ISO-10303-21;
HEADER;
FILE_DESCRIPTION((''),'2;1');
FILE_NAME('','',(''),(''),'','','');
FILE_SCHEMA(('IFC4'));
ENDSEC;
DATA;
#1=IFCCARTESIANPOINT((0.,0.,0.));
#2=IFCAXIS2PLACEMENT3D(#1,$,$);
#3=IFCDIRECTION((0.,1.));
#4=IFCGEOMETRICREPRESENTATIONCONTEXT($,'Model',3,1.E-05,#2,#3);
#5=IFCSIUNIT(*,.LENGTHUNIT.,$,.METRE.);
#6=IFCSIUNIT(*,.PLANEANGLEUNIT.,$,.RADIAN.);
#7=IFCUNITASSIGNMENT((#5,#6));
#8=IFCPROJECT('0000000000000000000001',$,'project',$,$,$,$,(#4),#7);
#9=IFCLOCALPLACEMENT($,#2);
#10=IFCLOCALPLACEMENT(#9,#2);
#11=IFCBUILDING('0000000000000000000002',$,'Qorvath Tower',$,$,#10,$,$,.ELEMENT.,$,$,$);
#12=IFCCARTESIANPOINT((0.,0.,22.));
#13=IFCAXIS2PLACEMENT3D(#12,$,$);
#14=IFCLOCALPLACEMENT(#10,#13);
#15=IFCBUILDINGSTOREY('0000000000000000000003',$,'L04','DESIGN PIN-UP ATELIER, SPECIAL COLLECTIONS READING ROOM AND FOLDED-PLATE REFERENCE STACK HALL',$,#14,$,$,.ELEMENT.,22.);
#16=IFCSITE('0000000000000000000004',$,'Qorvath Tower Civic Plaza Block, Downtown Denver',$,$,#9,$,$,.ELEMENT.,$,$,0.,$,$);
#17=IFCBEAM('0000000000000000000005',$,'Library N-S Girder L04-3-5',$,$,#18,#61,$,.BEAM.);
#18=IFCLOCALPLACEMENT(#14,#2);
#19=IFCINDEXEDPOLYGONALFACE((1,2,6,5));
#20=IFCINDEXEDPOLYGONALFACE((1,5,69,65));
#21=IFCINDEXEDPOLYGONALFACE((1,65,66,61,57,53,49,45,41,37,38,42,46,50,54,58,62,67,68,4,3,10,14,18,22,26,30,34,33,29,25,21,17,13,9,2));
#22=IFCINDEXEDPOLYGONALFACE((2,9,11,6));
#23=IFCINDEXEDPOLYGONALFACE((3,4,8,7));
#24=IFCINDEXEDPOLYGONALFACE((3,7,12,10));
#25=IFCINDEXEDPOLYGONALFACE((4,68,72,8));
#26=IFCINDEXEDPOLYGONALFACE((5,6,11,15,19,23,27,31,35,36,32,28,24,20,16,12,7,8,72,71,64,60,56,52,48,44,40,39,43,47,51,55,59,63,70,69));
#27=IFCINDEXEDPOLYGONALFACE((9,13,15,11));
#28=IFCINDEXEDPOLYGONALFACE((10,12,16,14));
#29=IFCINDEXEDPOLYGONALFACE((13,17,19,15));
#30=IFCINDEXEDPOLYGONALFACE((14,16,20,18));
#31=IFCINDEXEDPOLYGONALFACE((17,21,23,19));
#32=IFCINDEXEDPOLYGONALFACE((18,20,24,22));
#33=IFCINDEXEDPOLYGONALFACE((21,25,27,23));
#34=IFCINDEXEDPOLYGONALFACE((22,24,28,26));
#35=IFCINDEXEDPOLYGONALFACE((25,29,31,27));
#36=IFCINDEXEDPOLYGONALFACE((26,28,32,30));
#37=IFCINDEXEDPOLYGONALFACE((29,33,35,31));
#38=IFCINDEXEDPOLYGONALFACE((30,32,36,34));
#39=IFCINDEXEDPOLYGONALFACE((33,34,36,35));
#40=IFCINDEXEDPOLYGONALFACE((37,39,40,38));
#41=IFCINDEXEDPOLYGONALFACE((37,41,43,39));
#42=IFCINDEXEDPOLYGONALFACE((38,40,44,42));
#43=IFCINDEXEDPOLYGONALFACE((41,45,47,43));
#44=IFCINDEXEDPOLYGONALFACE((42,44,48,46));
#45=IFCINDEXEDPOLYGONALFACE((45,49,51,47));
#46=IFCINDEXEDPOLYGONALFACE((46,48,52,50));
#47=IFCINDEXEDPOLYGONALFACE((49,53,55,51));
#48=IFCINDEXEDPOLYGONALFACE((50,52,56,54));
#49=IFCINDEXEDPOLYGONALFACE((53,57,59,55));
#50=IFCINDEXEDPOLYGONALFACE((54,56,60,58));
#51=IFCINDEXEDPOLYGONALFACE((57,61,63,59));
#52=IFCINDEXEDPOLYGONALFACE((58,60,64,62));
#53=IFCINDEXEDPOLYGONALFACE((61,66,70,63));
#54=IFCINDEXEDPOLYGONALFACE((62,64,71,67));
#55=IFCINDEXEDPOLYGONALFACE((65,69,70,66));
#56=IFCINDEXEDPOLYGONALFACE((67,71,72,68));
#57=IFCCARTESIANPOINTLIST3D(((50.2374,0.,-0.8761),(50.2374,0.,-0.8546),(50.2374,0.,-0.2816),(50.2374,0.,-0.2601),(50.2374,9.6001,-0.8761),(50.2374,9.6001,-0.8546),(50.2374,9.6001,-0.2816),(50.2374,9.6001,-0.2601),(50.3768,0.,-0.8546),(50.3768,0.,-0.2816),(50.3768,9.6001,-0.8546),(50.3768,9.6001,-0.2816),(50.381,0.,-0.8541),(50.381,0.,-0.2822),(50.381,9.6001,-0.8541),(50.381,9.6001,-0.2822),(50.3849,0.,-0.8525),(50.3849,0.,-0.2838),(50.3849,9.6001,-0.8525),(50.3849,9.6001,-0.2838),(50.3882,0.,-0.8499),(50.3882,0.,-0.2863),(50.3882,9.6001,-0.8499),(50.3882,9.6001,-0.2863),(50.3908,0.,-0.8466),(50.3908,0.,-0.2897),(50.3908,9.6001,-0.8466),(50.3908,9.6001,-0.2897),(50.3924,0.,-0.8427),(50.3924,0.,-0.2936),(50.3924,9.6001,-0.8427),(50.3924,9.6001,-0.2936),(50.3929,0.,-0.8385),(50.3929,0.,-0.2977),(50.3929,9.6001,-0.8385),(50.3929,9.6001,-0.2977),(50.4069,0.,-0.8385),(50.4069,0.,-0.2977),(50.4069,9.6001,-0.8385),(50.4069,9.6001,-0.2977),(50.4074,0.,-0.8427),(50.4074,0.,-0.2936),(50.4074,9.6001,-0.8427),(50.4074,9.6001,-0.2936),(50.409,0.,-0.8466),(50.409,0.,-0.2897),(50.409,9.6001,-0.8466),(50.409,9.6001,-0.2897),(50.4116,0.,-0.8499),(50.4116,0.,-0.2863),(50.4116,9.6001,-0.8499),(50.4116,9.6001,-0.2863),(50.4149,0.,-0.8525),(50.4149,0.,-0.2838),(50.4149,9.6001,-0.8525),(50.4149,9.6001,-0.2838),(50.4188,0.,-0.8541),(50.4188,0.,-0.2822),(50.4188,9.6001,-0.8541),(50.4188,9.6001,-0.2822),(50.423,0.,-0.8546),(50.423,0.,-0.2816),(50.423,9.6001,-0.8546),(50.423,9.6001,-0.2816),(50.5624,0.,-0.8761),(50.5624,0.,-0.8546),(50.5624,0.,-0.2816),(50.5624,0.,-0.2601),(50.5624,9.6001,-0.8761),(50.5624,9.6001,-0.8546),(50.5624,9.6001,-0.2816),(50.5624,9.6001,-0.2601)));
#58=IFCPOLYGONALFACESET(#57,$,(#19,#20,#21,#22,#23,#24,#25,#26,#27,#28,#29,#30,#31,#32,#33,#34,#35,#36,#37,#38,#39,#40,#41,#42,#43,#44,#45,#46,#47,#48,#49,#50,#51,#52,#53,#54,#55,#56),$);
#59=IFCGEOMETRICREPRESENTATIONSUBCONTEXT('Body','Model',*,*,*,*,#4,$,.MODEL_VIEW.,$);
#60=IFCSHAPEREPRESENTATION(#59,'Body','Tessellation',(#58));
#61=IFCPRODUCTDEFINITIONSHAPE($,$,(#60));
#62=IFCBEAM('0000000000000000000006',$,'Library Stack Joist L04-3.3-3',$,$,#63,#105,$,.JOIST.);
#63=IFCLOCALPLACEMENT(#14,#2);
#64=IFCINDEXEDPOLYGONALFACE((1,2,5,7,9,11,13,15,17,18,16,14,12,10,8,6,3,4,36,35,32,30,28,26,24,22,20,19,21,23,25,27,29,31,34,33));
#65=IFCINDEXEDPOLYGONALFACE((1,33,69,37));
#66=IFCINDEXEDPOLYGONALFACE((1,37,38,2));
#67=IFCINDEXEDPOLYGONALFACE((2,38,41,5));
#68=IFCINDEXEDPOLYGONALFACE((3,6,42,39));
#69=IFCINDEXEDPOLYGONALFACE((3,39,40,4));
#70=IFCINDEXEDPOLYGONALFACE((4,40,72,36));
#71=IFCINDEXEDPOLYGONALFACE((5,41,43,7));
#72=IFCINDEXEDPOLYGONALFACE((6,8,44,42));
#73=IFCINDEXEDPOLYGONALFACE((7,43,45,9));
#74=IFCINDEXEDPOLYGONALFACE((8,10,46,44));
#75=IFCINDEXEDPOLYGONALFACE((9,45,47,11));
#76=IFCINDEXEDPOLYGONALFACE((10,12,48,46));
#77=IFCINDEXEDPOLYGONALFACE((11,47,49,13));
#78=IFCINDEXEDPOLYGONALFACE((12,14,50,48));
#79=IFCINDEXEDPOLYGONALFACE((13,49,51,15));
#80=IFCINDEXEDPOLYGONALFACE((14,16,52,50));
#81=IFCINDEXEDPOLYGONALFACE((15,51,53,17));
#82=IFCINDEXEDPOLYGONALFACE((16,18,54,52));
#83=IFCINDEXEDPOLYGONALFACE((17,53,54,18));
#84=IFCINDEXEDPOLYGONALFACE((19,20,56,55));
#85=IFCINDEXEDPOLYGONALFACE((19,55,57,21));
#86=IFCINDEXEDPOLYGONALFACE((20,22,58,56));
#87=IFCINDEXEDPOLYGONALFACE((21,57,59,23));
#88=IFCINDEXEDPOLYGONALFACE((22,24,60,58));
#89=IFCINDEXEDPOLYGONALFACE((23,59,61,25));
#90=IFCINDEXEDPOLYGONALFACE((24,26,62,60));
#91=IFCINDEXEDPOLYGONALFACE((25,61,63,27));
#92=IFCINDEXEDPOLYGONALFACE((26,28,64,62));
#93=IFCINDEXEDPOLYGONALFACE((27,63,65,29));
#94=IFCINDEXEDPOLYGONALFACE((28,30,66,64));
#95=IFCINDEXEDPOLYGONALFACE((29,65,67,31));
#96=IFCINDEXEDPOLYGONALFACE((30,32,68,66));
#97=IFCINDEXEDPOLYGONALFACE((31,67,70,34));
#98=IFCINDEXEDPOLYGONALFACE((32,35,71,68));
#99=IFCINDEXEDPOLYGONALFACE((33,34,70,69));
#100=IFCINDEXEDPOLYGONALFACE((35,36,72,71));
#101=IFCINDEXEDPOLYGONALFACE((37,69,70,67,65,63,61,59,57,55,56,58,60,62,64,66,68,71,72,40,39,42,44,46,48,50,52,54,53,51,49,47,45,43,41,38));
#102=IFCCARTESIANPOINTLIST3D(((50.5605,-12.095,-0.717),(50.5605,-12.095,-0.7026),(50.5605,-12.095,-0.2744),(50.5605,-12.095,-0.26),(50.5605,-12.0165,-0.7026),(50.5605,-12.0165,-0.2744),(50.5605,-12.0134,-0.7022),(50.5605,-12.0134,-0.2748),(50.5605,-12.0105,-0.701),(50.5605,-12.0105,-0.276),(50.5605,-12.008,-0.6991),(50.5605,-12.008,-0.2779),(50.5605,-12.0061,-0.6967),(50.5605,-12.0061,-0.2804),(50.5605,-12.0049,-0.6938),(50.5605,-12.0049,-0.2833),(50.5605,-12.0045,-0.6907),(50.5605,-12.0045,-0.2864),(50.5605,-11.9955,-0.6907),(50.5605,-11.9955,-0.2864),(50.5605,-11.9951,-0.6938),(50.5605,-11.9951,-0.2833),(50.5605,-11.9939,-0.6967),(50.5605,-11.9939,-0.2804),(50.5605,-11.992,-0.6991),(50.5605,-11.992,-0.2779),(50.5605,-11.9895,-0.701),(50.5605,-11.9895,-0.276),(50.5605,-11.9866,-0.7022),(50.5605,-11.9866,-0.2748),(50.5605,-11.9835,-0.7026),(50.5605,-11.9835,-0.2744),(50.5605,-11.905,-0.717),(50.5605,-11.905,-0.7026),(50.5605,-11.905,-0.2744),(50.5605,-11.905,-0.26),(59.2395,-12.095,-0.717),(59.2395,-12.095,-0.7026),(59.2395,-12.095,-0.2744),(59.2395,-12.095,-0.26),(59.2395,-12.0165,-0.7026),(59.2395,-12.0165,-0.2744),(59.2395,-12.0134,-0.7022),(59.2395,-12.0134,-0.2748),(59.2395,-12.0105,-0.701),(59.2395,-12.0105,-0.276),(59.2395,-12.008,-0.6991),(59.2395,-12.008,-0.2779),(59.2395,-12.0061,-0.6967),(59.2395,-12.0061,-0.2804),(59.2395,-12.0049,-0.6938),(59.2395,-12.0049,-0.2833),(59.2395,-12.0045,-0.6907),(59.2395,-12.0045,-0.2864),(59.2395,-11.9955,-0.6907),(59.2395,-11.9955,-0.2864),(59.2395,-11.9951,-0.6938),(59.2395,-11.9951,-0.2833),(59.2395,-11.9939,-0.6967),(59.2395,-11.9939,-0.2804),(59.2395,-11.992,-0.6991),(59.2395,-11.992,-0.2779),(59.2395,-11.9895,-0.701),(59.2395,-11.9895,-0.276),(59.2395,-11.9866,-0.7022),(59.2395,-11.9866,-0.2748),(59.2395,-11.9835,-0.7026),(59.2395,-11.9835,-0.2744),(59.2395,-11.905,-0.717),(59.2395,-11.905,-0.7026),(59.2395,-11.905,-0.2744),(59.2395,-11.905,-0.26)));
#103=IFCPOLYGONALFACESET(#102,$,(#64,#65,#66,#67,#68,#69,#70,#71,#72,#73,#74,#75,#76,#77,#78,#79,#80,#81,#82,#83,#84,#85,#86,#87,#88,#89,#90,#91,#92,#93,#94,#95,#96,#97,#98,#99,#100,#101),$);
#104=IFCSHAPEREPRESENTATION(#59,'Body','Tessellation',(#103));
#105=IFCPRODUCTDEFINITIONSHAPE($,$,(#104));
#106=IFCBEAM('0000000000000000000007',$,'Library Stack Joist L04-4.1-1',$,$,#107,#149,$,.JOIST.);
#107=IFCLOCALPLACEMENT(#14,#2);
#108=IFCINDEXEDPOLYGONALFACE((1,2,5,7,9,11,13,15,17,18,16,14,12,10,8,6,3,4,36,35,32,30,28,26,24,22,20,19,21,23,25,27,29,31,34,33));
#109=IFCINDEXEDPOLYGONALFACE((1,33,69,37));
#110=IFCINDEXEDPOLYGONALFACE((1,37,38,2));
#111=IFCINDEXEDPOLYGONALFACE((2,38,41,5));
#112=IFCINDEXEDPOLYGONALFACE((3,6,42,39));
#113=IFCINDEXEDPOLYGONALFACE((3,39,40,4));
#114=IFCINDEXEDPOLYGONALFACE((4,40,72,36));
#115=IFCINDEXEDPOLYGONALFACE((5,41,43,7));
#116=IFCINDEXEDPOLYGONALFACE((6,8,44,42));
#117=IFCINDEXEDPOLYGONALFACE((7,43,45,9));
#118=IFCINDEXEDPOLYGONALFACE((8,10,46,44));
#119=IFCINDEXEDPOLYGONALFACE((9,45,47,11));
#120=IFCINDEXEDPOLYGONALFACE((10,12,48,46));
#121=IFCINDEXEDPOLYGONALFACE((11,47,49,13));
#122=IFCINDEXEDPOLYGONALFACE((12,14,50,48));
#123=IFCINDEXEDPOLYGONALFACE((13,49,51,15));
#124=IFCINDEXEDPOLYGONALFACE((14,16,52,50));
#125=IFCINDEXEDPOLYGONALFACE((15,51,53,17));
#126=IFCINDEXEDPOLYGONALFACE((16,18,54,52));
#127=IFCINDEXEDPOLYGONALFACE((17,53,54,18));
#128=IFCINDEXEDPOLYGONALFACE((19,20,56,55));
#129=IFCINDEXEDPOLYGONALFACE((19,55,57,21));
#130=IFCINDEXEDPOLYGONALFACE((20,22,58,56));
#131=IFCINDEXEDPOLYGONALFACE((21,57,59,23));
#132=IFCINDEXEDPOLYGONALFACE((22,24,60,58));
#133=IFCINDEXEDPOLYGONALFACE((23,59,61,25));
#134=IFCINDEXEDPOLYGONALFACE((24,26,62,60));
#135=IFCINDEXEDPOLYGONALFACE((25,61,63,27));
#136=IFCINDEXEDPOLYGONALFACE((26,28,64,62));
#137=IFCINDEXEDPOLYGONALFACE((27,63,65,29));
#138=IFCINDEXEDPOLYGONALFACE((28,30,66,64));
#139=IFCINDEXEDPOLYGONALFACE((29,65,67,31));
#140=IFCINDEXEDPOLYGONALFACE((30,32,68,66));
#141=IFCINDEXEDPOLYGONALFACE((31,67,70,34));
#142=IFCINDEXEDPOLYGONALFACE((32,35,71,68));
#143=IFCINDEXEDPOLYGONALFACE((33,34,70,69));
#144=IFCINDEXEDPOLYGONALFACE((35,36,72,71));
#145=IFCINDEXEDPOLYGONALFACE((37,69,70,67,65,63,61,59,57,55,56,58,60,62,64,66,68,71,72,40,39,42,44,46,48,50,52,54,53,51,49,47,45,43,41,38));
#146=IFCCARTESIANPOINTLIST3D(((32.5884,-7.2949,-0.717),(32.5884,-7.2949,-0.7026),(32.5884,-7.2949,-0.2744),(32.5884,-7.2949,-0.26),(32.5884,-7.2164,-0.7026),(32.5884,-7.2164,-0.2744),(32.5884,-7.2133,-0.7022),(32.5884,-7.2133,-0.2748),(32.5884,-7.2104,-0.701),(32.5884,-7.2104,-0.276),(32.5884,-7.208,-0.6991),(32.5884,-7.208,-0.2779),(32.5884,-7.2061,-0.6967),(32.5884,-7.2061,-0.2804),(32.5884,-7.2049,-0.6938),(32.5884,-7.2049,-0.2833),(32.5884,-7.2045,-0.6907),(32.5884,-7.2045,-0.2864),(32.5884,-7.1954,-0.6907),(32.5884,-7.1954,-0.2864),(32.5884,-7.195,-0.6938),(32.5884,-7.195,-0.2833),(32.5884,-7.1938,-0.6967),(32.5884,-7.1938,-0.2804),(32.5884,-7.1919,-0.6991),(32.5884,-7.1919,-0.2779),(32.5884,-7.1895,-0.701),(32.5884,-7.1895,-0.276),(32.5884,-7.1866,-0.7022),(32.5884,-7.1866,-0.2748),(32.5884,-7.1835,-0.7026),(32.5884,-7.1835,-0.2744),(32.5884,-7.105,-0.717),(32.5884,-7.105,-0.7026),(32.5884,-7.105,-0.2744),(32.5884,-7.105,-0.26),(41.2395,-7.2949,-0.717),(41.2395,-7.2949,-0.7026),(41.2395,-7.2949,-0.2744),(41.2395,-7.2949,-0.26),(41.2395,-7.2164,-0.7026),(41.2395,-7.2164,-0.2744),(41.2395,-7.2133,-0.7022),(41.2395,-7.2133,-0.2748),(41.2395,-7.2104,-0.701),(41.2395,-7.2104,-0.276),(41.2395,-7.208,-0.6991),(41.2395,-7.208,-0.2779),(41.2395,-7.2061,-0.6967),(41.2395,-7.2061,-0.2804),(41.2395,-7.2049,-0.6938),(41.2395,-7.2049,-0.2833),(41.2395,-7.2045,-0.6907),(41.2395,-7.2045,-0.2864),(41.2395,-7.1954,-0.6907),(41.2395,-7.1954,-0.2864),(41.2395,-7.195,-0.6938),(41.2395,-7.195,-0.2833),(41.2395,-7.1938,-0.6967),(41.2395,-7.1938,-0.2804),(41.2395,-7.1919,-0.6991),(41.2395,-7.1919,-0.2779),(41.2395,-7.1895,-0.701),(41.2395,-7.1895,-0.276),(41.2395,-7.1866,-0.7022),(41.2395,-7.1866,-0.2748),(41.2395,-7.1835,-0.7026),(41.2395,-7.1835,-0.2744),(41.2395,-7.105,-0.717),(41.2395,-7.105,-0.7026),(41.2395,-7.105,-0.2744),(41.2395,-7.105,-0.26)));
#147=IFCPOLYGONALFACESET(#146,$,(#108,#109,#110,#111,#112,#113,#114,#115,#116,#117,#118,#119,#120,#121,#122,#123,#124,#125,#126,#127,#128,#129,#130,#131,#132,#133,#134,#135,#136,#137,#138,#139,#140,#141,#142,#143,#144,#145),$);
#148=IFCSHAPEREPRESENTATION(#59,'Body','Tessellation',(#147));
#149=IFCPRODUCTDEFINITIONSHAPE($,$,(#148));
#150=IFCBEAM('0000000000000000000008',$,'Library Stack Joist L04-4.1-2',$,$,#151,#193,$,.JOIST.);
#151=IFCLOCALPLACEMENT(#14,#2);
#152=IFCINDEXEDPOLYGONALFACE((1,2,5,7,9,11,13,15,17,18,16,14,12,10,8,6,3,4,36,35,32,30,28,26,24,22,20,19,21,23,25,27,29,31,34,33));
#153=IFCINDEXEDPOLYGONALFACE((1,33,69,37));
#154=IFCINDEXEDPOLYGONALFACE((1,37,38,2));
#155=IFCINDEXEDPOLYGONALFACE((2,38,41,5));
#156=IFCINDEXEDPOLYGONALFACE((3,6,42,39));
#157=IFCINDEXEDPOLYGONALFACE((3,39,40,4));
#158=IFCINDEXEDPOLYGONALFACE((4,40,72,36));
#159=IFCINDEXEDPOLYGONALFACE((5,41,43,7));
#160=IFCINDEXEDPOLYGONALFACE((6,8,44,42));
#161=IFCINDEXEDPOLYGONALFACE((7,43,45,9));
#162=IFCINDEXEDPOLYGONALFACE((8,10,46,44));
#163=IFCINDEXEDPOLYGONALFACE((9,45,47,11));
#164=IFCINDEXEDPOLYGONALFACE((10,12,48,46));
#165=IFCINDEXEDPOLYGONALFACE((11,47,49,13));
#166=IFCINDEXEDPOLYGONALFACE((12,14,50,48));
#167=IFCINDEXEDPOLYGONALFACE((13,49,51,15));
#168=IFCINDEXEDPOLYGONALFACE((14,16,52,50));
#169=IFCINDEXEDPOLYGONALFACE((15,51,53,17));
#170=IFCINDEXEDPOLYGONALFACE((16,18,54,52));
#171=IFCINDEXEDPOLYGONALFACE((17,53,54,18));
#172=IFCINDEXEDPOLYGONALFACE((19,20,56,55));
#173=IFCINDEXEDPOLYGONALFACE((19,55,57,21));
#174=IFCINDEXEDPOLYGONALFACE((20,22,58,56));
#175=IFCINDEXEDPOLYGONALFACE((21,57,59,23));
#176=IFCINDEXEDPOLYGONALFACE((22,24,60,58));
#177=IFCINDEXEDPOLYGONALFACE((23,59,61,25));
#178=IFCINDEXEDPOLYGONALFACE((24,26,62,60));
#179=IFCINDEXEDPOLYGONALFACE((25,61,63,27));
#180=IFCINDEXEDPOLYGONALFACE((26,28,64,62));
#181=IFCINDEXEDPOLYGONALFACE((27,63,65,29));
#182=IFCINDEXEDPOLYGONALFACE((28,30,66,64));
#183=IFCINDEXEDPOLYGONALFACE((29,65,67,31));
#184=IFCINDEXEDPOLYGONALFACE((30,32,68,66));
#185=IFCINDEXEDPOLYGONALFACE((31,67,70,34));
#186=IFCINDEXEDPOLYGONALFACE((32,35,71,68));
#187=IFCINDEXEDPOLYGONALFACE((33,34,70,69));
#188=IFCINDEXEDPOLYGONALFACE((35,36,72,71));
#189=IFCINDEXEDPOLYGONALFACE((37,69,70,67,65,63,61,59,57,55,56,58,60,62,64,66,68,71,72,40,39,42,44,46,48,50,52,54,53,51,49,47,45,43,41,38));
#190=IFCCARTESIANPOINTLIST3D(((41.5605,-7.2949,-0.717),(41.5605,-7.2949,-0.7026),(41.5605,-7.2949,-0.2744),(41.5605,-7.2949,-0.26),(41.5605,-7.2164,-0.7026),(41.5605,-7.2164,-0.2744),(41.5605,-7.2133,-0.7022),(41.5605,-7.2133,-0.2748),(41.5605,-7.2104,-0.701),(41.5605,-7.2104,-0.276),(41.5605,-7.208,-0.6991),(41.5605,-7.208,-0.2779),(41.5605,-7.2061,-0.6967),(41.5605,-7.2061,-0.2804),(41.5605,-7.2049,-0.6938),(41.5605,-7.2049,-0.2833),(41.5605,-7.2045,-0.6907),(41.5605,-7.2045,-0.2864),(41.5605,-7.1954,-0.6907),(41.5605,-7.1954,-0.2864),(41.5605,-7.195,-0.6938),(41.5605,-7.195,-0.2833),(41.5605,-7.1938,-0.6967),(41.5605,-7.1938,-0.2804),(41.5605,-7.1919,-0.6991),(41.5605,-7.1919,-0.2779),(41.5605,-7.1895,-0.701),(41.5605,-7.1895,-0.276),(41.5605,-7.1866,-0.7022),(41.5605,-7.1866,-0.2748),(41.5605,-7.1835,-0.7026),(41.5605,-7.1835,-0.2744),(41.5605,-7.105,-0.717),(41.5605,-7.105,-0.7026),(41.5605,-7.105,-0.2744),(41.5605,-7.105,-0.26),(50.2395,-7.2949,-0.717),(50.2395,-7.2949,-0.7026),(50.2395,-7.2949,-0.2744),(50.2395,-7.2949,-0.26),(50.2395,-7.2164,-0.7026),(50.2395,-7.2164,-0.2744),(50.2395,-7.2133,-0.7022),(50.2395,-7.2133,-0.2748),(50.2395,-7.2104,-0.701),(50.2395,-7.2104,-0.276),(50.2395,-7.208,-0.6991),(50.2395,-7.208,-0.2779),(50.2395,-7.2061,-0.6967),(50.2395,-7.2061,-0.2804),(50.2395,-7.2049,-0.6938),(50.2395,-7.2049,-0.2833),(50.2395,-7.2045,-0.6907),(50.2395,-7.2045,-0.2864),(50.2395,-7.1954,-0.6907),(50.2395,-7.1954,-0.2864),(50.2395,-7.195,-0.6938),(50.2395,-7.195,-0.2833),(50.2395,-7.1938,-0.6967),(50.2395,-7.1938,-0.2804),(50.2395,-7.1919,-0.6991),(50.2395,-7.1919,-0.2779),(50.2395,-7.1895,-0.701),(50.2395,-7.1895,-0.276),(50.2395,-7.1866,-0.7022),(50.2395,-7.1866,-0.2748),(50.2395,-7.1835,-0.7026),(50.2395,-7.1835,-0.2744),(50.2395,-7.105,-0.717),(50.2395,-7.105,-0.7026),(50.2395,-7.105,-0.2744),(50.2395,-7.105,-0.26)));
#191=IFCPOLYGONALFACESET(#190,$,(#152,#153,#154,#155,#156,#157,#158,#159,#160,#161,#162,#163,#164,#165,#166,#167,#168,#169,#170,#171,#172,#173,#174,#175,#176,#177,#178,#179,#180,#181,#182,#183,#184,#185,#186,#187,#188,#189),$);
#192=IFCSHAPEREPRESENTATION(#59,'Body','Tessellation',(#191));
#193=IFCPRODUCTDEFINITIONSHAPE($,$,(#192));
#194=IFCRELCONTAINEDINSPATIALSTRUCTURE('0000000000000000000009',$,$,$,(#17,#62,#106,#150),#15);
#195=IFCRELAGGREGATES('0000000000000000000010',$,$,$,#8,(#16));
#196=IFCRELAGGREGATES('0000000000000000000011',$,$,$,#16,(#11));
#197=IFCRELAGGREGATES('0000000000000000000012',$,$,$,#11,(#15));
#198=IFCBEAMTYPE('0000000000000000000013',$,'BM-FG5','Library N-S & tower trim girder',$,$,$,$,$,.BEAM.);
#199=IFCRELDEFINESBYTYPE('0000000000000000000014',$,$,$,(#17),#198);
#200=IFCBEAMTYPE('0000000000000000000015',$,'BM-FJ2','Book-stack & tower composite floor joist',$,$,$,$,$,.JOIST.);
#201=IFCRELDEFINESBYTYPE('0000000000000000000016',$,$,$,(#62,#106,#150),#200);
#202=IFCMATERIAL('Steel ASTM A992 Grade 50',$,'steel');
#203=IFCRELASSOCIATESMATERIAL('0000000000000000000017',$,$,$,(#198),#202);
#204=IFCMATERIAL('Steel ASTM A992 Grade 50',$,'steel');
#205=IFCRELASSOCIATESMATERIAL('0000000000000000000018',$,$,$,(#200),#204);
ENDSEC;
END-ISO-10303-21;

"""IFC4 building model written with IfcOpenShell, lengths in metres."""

from ifc_helpers import new_model, si_unit, direction, frame, origin, origin_2d, place, context, subcontext, project, spatial, i_section, extrude, material, material_profile, profile_set, type_object, element, save


model = new_model("IFC4")

# Units and contexts
model_context = context("Model", 3, precision=1e-05, world=origin(), true_north=direction((0.0, 1.0)))
body_context = subcontext(model_context, "Body", "Model", "MODEL_VIEW")
ifc_project = project(units=[si_unit("LENGTHUNIT", "METRE"), si_unit("PLANEANGLEUNIT", "RADIAN")], contexts=[model_context])

# Site, building, storey
site_placement = place(None, origin())
site = spatial("IfcSite", under=ifc_project, at=site_placement, Name="Qorvath Tower Civic Plaza Block, Downtown Denver", CompositionType="ELEMENT", RefElevation=0.0)
building_placement = place(site_placement, origin())
building = spatial("IfcBuilding", under=site, at=building_placement, Name="Qorvath Tower", CompositionType="ELEMENT")
storey_placement = place(building_placement, frame((0.0, 0.0, 22.0)))
storey = spatial("IfcBuildingStorey", under=building, at=storey_placement, Name="L04", Description="DESIGN PIN-UP ATELIER, SPECIAL COLLECTIONS READING ROOM AND FOLDED-PLATE REFERENCE STACK HALL", CompositionType="ELEMENT", Elevation=22.0)

# Beams
ifc_material_1 = material(Name="Steel ASTM A992 Grade 50", Category="steel")
ifc_material_profile_1 = material_profile(ifc_material_1, i_section(OverallWidth=0.325, OverallDepth=0.616, WebThickness=0.0139, FlangeThickness=0.0215, FilletRadius=0.0161, at=origin_2d()), Name="W24x117")
ifc_profile_set_1 = profile_set([ifc_material_profile_1], Name="Steel ASTM A992 Grade 50")
beam_type_1 = type_object("IfcBeamType", Name="BM-FG5", Description="Library N-S & tower trim girder", PredefinedType="BEAM", material=ifc_profile_set_1)
for number, where, z_axis, x_axis, name in (
    (1, (50.3999, 0.0, -0.5681), (0.0, 1.0, 0.0), (-1.0, 0.0, 0.0), "Library N-S Girder L04-3-5"),
):
    element("IfcBeam", number, at=place(storey_placement, frame(where, z_axis=z_axis, x_axis=x_axis)), inside=storey, type_object=beam_type_1, Name=name, PredefinedType="BEAM", context=body_context, shape_type="SweptSolid", body=[
        extrude(i_section(OverallWidth=0.325, OverallDepth=0.616, WebThickness=0.0139, FlangeThickness=0.0215, FilletRadius=0.0161, at=origin_2d()), origin(), (0.0, 0.0, 1.0), 9.6001),
    ])
ifc_material_2 = material(Name="Steel ASTM A992 Grade 50", Category="steel")
ifc_material_profile_2 = material_profile(ifc_material_2, i_section(OverallWidth=0.1899, OverallDepth=0.457, WebThickness=0.009, FlangeThickness=0.0144, FilletRadius=0.012, at=origin_2d()), Name="W18x50")
ifc_profile_set_2 = profile_set([ifc_material_profile_2], Name="Steel ASTM A992 Grade 50")
beam_type_2 = type_object("IfcBeamType", Name="BM-FJ2", Description="Book-stack & tower composite floor joist", PredefinedType="JOIST", material=ifc_profile_set_2)
beam_1_placement = place(storey_placement, frame((50.5605, -12.0, -0.4885), z_axis=(1.0, 0.0, 0.0), x_axis=(0.0, 1.0, 0.0)))
element("IfcBeam", 2, at=beam_1_placement, inside=storey, type_object=beam_type_2, Name="Library Stack Joist L04-3.3-3", PredefinedType="JOIST", context=body_context, shape_type="SweptSolid", body=[
    extrude(i_section(OverallWidth=0.1899, OverallDepth=0.457, WebThickness=0.009, FlangeThickness=0.0144, FilletRadius=0.012, at=origin_2d()), origin(), (0.0, 0.0, 1.0), 8.679),
])
beam_2_placement = place(storey_placement, frame((32.5884, -7.2, -0.4885), z_axis=(1.0, 0.0, 0.0), x_axis=(0.0, 1.0, 0.0)))
element("IfcBeam", 3, at=beam_2_placement, inside=storey, type_object=beam_type_2, Name="Library Stack Joist L04-4.1-1", PredefinedType="JOIST", context=body_context, shape_type="SweptSolid", body=[
    extrude(i_section(OverallWidth=0.1899, OverallDepth=0.457, WebThickness=0.009, FlangeThickness=0.0144, FilletRadius=0.012, at=origin_2d()), origin(), (0.0, 0.0, 1.0), 8.6511),
])
beam_3_placement = place(storey_placement, frame((41.5605, -7.2, -0.4885), z_axis=(1.0, 0.0, 0.0), x_axis=(0.0, 1.0, 0.0)))
element("IfcBeam", 4, at=beam_3_placement, inside=storey, type_object=beam_type_2, Name="Library Stack Joist L04-4.1-2", PredefinedType="JOIST", context=body_context, shape_type="SweptSolid", body=[
    extrude(i_section(OverallWidth=0.1899, OverallDepth=0.457, WebThickness=0.009, FlangeThickness=0.0144, FilletRadius=0.012, at=origin_2d()), origin(), (0.0, 0.0, 1.0), 8.679),
])

save(model, "model.ifc")
